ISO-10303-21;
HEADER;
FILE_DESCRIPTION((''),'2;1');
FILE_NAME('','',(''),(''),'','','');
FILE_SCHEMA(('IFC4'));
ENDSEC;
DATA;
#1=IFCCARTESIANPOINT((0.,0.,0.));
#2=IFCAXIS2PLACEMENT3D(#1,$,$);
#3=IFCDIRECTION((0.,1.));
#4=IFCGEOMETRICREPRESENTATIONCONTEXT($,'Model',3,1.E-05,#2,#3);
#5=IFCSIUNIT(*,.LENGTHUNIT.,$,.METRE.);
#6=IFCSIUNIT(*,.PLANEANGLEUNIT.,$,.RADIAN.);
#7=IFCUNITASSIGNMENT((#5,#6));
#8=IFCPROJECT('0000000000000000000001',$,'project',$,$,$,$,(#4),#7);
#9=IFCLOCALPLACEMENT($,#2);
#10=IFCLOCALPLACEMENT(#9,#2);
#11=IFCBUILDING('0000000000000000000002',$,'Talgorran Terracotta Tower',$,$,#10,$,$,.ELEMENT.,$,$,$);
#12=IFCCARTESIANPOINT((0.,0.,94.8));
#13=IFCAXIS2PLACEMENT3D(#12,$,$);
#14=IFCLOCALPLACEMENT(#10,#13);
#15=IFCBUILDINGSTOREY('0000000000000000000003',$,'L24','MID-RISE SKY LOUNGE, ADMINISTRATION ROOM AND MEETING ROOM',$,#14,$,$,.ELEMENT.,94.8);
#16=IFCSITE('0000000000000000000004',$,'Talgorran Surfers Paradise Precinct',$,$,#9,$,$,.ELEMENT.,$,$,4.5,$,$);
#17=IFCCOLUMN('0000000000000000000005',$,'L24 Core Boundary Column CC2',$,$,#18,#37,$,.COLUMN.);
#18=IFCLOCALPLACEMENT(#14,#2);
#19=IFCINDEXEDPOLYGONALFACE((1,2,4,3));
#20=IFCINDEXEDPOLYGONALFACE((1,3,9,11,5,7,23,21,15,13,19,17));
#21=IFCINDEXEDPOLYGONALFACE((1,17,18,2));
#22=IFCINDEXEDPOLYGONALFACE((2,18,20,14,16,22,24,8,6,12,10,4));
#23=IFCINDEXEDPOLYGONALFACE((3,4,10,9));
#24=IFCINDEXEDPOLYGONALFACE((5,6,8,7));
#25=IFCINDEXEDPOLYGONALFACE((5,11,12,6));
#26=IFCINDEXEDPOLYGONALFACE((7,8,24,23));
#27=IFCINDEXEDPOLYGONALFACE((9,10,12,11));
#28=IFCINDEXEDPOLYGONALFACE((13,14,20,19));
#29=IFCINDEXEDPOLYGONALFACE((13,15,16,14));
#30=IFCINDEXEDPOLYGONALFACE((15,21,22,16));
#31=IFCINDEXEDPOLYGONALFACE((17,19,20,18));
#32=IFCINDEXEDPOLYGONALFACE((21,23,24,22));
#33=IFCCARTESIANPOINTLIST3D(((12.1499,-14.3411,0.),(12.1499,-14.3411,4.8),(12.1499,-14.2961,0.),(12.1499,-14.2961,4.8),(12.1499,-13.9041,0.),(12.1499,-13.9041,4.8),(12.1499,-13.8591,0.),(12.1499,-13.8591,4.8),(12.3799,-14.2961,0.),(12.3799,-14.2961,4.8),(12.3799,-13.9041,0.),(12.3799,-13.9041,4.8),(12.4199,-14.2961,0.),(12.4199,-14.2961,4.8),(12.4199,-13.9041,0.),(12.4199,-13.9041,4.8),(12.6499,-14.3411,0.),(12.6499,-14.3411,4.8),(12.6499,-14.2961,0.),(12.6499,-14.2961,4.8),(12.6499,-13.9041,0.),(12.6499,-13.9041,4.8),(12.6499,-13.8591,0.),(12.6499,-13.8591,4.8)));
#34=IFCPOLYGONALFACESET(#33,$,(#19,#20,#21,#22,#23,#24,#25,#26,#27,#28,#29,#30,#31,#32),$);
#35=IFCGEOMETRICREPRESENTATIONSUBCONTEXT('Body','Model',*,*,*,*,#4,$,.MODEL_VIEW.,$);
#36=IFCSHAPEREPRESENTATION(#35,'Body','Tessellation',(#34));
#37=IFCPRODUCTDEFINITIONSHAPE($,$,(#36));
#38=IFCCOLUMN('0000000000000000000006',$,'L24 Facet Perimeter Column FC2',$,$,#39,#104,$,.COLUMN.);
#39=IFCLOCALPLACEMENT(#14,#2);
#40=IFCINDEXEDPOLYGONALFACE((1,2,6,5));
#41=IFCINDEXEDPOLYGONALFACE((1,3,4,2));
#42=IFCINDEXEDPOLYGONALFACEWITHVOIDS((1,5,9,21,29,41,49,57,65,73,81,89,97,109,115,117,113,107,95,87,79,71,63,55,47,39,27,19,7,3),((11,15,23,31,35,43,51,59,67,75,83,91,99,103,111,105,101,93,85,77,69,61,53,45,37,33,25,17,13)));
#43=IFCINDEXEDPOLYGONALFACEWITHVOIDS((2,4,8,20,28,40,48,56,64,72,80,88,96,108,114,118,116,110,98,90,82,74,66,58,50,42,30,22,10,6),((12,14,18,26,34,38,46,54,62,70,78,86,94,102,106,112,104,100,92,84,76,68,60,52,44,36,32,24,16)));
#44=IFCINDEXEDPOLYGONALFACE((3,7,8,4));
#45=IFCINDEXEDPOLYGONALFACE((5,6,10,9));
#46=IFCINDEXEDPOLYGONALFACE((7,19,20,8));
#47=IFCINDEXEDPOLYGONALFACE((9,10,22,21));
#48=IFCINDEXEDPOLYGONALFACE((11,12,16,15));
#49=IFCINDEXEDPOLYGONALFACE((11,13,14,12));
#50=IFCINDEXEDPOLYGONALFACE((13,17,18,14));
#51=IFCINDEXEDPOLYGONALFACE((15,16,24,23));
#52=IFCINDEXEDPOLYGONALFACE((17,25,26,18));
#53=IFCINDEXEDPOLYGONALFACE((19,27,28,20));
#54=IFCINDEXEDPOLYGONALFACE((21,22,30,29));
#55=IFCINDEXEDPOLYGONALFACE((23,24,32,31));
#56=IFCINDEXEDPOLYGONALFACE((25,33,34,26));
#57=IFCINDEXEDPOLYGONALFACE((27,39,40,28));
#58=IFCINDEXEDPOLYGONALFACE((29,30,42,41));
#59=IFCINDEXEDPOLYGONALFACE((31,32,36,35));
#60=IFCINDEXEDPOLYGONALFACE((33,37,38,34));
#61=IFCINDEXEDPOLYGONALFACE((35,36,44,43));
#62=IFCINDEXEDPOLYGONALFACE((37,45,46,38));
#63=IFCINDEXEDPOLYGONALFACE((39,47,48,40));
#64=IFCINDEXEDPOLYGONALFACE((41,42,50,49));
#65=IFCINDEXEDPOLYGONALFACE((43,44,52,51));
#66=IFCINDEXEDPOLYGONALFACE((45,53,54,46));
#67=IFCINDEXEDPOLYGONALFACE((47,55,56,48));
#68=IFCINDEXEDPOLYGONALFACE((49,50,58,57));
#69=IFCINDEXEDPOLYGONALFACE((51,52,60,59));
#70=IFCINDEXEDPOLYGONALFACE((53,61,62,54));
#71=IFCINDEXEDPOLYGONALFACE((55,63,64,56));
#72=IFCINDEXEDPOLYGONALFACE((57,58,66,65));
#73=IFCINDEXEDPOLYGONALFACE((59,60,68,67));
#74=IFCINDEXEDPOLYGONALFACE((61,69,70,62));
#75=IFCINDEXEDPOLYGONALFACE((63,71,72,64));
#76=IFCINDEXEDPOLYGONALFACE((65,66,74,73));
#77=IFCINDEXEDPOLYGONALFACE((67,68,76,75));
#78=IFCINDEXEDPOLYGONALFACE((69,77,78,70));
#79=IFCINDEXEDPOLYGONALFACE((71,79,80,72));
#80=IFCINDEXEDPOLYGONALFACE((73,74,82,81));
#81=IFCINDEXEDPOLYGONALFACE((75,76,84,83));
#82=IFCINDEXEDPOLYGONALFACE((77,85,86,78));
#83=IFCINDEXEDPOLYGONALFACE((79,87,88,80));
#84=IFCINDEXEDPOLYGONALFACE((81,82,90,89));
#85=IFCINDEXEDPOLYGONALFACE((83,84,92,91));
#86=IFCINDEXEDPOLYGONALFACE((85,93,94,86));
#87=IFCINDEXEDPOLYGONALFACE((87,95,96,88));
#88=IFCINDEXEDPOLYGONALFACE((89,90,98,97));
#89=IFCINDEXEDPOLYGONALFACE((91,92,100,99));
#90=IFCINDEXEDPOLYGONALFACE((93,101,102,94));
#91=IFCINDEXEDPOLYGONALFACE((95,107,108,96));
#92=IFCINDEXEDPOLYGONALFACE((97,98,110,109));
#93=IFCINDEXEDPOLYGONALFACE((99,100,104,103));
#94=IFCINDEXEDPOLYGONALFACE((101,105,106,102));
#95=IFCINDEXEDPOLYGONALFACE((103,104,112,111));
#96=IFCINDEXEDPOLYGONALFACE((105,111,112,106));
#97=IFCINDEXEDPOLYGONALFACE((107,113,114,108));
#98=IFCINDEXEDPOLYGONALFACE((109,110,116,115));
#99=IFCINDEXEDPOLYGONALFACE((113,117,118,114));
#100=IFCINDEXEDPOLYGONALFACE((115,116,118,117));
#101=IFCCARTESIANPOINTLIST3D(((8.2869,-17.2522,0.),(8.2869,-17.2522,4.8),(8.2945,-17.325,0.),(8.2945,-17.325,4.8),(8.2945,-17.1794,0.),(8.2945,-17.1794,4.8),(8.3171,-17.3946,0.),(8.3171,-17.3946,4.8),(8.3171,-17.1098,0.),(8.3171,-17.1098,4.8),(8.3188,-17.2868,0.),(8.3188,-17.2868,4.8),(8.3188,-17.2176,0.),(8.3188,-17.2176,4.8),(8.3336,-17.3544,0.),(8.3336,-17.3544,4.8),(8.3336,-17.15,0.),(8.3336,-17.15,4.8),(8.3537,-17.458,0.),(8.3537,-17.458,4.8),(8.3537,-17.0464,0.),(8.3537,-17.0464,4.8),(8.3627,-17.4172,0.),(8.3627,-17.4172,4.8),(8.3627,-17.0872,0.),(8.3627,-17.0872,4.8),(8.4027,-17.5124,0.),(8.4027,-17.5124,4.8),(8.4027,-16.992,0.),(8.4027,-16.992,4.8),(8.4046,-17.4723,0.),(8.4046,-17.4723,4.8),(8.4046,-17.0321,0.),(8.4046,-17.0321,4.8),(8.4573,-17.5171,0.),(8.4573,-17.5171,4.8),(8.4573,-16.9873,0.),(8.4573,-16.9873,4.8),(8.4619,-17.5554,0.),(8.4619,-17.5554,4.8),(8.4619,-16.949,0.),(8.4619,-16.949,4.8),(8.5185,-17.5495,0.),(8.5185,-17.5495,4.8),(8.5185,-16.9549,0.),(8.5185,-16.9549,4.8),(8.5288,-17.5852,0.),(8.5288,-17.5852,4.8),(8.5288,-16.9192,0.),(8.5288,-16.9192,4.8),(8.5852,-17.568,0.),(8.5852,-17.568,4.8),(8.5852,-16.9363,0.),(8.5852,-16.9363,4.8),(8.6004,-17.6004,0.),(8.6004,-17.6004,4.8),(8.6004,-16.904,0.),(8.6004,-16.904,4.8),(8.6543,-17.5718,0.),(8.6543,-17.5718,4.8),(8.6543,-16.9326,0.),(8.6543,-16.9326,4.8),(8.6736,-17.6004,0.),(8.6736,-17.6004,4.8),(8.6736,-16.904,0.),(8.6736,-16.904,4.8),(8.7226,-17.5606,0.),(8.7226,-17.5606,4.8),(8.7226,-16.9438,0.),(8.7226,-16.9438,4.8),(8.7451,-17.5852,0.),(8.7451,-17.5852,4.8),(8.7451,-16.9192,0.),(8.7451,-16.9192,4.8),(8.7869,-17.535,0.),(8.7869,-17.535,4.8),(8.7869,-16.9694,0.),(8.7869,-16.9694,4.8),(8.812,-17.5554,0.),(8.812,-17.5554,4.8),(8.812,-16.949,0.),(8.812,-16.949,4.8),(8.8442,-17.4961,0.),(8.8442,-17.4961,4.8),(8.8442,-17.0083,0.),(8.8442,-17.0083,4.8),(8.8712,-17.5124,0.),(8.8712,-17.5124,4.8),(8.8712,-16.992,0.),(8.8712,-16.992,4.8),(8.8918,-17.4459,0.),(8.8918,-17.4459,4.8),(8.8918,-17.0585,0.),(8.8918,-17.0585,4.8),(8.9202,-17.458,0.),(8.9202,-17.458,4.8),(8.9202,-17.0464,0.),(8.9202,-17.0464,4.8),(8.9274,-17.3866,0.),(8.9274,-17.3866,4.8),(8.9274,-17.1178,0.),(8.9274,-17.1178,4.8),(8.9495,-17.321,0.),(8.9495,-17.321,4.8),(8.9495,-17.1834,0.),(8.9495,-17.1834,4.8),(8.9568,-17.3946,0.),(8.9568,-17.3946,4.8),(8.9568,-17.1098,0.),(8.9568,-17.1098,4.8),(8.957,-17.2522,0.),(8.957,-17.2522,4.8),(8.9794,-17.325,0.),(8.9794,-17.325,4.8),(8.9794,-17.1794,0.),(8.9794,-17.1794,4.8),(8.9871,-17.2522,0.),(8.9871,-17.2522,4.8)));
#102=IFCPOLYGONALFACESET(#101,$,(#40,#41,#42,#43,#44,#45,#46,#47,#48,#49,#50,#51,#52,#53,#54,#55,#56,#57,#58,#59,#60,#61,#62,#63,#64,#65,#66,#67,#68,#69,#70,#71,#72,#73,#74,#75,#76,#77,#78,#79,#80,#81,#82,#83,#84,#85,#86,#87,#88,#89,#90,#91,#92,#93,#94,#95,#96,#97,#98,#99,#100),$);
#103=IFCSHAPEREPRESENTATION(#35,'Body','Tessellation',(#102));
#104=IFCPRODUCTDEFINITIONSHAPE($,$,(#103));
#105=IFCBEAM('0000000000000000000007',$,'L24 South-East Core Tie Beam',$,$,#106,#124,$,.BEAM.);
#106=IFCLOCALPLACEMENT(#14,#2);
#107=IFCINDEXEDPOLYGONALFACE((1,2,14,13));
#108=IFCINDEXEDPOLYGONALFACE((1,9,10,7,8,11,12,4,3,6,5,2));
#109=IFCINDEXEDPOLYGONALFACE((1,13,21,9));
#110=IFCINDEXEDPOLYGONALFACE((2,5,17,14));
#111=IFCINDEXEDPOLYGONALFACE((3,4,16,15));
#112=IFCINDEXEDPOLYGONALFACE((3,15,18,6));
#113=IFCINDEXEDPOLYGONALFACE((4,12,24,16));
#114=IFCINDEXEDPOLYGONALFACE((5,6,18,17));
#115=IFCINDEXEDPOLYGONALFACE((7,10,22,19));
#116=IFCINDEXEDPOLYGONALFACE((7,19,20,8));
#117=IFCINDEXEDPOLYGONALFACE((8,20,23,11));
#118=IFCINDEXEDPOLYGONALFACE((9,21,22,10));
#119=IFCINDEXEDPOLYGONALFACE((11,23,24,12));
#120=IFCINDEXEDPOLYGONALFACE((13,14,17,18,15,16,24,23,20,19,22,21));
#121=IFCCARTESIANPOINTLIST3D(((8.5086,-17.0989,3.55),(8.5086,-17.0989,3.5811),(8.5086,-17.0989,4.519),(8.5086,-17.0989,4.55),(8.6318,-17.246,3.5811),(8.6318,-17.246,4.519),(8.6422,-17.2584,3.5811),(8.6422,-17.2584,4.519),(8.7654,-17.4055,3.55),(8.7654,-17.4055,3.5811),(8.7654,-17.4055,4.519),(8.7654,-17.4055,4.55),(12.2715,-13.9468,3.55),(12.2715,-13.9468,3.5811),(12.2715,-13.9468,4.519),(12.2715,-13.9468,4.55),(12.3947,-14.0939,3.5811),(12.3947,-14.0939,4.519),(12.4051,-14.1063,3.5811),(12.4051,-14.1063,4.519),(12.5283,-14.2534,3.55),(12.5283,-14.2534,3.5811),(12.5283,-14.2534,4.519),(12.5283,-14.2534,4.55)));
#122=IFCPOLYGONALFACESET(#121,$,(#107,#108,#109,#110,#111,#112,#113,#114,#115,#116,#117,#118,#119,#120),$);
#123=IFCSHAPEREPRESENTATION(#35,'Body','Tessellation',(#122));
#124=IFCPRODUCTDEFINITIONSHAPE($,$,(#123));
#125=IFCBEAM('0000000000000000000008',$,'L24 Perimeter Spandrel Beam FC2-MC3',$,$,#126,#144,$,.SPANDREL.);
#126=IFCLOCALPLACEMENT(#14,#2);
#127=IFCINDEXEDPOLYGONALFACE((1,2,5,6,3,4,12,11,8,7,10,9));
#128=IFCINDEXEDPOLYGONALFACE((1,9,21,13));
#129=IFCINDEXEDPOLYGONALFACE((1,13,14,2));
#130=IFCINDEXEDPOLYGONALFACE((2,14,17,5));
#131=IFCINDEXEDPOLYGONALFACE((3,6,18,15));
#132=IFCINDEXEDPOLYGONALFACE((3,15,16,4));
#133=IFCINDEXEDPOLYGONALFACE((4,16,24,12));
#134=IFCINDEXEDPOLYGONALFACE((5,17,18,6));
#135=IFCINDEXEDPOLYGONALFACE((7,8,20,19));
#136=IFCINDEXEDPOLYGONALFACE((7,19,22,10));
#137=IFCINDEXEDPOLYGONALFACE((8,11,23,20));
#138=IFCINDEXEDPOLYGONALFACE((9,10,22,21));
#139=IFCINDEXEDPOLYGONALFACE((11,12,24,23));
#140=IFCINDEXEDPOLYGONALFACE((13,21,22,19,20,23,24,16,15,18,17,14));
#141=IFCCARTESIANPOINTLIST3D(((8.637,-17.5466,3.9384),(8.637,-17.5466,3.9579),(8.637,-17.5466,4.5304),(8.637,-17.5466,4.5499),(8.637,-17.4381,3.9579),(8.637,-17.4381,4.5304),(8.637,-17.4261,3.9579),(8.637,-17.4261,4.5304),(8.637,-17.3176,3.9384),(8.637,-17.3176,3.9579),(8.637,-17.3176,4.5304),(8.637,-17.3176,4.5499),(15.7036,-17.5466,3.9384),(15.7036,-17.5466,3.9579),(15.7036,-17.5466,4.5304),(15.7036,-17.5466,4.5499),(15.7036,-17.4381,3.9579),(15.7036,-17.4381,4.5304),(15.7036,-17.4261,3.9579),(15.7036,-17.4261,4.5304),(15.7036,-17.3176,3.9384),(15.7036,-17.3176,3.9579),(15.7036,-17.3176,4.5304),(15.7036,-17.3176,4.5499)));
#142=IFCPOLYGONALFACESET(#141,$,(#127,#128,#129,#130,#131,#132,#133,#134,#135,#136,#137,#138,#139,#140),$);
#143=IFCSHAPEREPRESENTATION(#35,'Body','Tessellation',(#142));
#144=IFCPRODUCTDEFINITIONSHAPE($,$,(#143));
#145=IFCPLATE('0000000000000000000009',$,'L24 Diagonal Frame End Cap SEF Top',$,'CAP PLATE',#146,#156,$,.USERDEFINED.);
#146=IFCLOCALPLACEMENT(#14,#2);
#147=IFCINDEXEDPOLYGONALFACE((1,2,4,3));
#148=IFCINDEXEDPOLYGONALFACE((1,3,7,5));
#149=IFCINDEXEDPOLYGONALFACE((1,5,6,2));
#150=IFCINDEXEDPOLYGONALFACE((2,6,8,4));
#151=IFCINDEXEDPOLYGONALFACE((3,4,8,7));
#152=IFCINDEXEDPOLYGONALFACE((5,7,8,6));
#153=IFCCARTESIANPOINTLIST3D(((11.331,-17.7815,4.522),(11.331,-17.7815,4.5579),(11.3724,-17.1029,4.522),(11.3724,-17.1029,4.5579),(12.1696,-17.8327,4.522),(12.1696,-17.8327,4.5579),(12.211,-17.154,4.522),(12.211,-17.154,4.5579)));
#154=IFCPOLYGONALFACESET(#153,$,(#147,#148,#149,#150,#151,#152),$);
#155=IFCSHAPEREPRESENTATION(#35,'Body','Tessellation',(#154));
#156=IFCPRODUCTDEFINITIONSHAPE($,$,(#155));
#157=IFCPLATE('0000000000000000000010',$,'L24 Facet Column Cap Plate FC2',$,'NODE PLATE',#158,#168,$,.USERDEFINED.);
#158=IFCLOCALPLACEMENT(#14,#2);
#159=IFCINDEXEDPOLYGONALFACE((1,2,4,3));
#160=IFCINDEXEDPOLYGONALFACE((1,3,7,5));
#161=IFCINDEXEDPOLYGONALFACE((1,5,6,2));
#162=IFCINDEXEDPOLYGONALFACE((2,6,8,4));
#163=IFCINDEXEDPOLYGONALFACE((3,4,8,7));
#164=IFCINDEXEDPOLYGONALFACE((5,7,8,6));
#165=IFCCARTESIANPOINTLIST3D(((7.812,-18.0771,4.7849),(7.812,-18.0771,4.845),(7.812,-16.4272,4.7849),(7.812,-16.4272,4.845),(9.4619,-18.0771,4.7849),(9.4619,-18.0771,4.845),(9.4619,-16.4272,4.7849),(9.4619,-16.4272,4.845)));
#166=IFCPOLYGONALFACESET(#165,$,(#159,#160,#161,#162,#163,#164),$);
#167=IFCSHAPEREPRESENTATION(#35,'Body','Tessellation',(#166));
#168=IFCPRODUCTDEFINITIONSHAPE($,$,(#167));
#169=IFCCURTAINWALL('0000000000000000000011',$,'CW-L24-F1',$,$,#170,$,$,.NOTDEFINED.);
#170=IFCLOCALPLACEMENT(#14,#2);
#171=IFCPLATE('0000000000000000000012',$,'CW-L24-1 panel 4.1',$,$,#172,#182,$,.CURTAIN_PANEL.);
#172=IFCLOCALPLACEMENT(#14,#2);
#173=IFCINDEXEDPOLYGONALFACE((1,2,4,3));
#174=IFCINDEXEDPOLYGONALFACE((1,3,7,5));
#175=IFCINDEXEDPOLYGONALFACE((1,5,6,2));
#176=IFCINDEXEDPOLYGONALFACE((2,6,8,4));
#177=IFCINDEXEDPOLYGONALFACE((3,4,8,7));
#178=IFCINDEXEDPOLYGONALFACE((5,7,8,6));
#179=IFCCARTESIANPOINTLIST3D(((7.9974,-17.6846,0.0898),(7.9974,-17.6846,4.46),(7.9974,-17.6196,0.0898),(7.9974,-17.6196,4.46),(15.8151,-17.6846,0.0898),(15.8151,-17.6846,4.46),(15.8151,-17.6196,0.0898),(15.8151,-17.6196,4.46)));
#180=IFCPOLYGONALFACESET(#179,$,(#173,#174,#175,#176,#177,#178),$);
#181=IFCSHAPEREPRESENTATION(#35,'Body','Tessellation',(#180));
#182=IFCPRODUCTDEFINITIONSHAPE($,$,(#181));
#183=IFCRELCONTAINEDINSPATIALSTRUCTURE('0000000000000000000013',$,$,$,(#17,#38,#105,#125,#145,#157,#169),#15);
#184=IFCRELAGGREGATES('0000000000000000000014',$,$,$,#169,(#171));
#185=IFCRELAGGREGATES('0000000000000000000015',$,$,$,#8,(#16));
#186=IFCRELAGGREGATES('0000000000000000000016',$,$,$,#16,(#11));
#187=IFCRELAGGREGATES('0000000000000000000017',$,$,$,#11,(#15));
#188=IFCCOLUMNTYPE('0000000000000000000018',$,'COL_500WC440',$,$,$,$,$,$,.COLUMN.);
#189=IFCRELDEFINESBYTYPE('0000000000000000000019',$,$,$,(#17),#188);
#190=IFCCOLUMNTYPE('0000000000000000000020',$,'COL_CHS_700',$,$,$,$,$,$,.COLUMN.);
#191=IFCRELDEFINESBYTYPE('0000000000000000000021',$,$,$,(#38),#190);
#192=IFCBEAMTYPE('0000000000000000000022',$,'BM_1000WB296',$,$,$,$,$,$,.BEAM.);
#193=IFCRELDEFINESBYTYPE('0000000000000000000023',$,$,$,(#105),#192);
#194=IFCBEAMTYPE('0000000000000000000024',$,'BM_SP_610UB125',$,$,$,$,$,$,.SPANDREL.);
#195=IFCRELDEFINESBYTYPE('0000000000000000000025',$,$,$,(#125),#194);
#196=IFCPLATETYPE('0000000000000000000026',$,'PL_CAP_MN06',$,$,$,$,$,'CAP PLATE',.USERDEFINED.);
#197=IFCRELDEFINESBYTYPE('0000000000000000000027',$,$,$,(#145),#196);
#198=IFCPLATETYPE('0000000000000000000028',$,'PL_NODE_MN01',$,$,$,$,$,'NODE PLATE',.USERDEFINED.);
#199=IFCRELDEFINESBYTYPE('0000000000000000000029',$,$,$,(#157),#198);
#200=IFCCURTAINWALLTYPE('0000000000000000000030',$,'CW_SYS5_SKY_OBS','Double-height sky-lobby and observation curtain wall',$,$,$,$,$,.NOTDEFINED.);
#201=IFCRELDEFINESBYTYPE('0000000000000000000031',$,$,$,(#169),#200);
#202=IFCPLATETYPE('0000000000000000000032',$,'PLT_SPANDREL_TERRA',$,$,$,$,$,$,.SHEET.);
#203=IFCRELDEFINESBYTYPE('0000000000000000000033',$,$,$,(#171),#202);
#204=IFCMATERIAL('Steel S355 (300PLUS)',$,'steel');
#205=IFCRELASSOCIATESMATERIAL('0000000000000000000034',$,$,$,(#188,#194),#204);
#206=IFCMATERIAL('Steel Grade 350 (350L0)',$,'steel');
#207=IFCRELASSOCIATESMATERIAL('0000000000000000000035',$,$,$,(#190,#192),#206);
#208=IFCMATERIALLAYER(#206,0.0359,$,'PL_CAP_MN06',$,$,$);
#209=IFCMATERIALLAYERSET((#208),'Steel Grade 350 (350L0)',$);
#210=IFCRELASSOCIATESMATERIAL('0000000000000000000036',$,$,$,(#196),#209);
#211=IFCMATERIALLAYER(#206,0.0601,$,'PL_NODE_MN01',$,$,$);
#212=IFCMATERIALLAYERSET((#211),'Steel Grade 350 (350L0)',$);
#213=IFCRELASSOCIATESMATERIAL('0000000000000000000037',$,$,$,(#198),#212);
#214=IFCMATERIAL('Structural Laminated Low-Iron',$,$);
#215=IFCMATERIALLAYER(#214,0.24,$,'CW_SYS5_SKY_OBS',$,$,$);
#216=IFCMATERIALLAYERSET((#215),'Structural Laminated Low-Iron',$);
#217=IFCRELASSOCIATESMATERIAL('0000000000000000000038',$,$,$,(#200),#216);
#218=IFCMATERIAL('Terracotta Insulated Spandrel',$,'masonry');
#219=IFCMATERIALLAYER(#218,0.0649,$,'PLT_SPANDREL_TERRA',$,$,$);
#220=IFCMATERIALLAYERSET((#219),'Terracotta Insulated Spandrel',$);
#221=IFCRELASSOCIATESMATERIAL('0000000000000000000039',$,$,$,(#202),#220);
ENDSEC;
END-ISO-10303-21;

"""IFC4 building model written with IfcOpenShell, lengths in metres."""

from ifc_helpers import new_model, si_unit, direction, frame, origin, origin_2d, place, context, subcontext, project, spatial, rectangle, hollow_circle, i_section, extrude, source, transform, mapped, material, layer, layer_set, material_profile, profile_set, type_object, type_shapes, element, aggregate, save


model = new_model("IFC4")

# Units and contexts
model_context = context("Model", 3, precision=1e-05, world=origin(), true_north=direction((0.0, 1.0)))
body_context = subcontext(model_context, "Body", "Model", "MODEL_VIEW")
ifc_project = project(units=[si_unit("LENGTHUNIT", "METRE"), si_unit("PLANEANGLEUNIT", "RADIAN")], contexts=[model_context])

# Site, building, storey
site_placement = place(None, origin())
site = spatial("IfcSite", under=ifc_project, at=site_placement, Name="Talgorran Surfers Paradise Precinct", CompositionType="ELEMENT", RefElevation=4.5)
building_placement = place(site_placement, origin())
building = spatial("IfcBuilding", under=site, at=building_placement, Name="Talgorran Terracotta Tower", CompositionType="ELEMENT")
storey_placement = place(building_placement, frame((0.0, 0.0, 94.8)))
storey = spatial("IfcBuildingStorey", under=building, at=storey_placement, Name="L24", Description="MID-RISE SKY LOUNGE, ADMINISTRATION ROOM AND MEETING ROOM", CompositionType="ELEMENT", Elevation=94.8)

# Columns
ifc_material_1 = material(Name="Steel S355 (300PLUS)", Category="steel")
ifc_material_profile_1 = material_profile(ifc_material_1, i_section(OverallWidth=0.5, OverallDepth=0.4819, WebThickness=0.04, FlangeThickness=0.0449, at=origin_2d()), Name="500WC440")
ifc_profile_set_1 = profile_set([ifc_material_profile_1], Name="Steel S355 (300PLUS)")
column_type_1 = type_object("IfcColumnType", Name="COL_500WC440", PredefinedType="COLUMN", material=ifc_profile_set_1)
column_1_placement = place(storey_placement, frame((12.3999, -14.1001, 0.0), z_axis=(0.0, 0.0, 1.0), x_axis=(1.0, 0.0, 0.0)))
element("IfcColumn", 1, at=column_1_placement, inside=storey, type_object=column_type_1, Name="L24 Core Boundary Column CC2", PredefinedType="COLUMN", context=body_context, shape_type="SweptSolid", body=[
    extrude(i_section(OverallWidth=0.5, OverallDepth=0.4819, WebThickness=0.04, FlangeThickness=0.0449, at=origin_2d()), origin(), (0.0, 0.0, 1.0), 4.8),
])
ifc_material_2 = material(Name="Steel Grade 350 (350L0)", Category="steel")
ifc_material_profile_2 = material_profile(ifc_material_2, hollow_circle(Radius=0.3501, WallThickness=0.03, at=origin_2d()), Name="CHS700X30")
ifc_profile_set_2 = profile_set([ifc_material_profile_2], Name="Steel Grade 350 (350L0)")
column_type_2 = type_object("IfcColumnType", Name="COL_CHS_700", PredefinedType="COLUMN", material=ifc_profile_set_2)
column_2_placement = place(storey_placement, frame((8.637, -17.2522, 0.0), z_axis=(0.0, 0.0, 1.0), x_axis=(1.0, 0.0, 0.0)))
element("IfcColumn", 2, at=column_2_placement, inside=storey, type_object=column_type_2, Name="L24 Facet Perimeter Column FC2", PredefinedType="COLUMN", context=body_context, shape_type="SweptSolid", body=[
    extrude(hollow_circle(Radius=0.3501, WallThickness=0.03, at=origin_2d()), origin(), (0.0, 0.0, 1.0), 4.8),
])

# Beams
ifc_material_profile_3 = material_profile(ifc_material_2, i_section(OverallWidth=0.3999, OverallDepth=1.0, WebThickness=0.0161, FlangeThickness=0.031, at=origin_2d()), Name="1000WB296")
ifc_profile_set_3 = profile_set([ifc_material_profile_3], Name="Steel Grade 350 (350L0)")
beam_type_1 = type_object("IfcBeamType", Name="BM_1000WB296", PredefinedType="BEAM", material=ifc_profile_set_3)
beam_1_placement = place(storey_placement, frame((12.3999, -14.1001, 4.05), z_axis=(-0.766584, -0.642144, 0.0), x_axis=(0.642144, -0.766584, 0.0)))
element("IfcBeam", 3, at=beam_1_placement, inside=storey, type_object=beam_type_1, Name="L24 South-East Core Tie Beam", PredefinedType="BEAM", context=body_context, shape_type="SweptSolid", body=[
    extrude(i_section(OverallWidth=0.3999, OverallDepth=1.0, WebThickness=0.0161, FlangeThickness=0.031, at=origin_2d()), origin(), (0.0, 0.0, 1.0), 4.9087),
])
ifc_material_profile_4 = material_profile(ifc_material_1, i_section(OverallWidth=0.229, OverallDepth=0.6116, WebThickness=0.012, FlangeThickness=0.0195, at=origin_2d()), Name="610UB125")
ifc_profile_set_4 = profile_set([ifc_material_profile_4], Name="Steel S355 (300PLUS)")
beam_type_2 = type_object("IfcBeamType", Name="BM_SP_610UB125", PredefinedType="SPANDREL", material=ifc_profile_set_4)
beam_2_placement = place(storey_placement, frame((8.637, -17.4321, 4.2441), z_axis=(1.0, 0.0, 0.0), x_axis=(0.0, 1.0, 0.0)))
element("IfcBeam", 4, at=beam_2_placement, inside=storey, type_object=beam_type_2, Name="L24 Perimeter Spandrel Beam FC2-MC3", PredefinedType="SPANDREL", context=body_context, shape_type="SweptSolid", body=[
    extrude(i_section(OverallWidth=0.229, OverallDepth=0.6116, WebThickness=0.012, FlangeThickness=0.0195, at=origin_2d()), origin(), (0.0, 0.0, 1.0), 7.0667),
])

# Plates
ifc_layer_1 = layer(ifc_material_2, 0.0359, Name="PL_CAP_MN06")
ifc_layer_set_1 = layer_set([ifc_layer_1], Name="Steel Grade 350 (350L0)")
plate_type_1 = type_object("IfcPlateType", Name="PL_CAP_MN06", ElementType="CAP PLATE", PredefinedType="USERDEFINED", material=ifc_layer_set_1)
plate_1_placement = place(storey_placement, frame((11.771, -17.4678, 4.522), z_axis=(0.0, 0.0, 1.0), x_axis=(-0.998145, 0.060874, 0.0)))
element("IfcPlate", 5, at=plate_1_placement, inside=storey, type_object=plate_type_1, Name="L24 Diagonal Frame End Cap SEF Top", ObjectType="CAP PLATE", PredefinedType="USERDEFINED", context=body_context, shape_type="SweptSolid", body=[
    extrude(rectangle(XDim=0.8401, YDim=0.6799, at=origin_2d()), origin(), (0.0, 0.0, 1.0), 0.0359),
])
ifc_layer_2 = layer(ifc_material_2, 0.0601, Name="PL_NODE_MN01")
ifc_layer_set_2 = layer_set([ifc_layer_2], Name="Steel Grade 350 (350L0)")
plate_type_2 = type_object("IfcPlateType", Name="PL_NODE_MN01", ElementType="NODE PLATE", PredefinedType="USERDEFINED", material=ifc_layer_set_2)
plate_2_placement = place(storey_placement, frame((8.637, -17.2522, 4.7849), z_axis=(0.0, 0.0, 1.0), x_axis=(1.0, 0.0, 0.0)))
element("IfcPlate", 6, at=plate_2_placement, inside=storey, type_object=plate_type_2, Name="L24 Facet Column Cap Plate FC2", ObjectType="NODE PLATE", PredefinedType="USERDEFINED", context=body_context, shape_type="SweptSolid", body=[
    extrude(rectangle(XDim=1.6499, YDim=1.6499, at=origin_2d()), origin(), (0.0, 0.0, 1.0), 0.0601),
])

# Curtain wall, plate
ifc_material_3 = material(Name="Structural Laminated Low-Iron")
ifc_layer_3 = layer(ifc_material_3, 0.24, Name="CW_SYS5_SKY_OBS")
ifc_layer_set_3 = layer_set([ifc_layer_3], Name="Structural Laminated Low-Iron")
curtain_wall_type = type_object("IfcCurtainWallType", Name="CW_SYS5_SKY_OBS", Description="Double-height sky-lobby and observation curtain wall", PredefinedType="NOTDEFINED", material=ifc_layer_set_3)
curtain_wall_placement = place(storey_placement, origin())
curtain_wall = element("IfcCurtainWall", 7, at=curtain_wall_placement, inside=storey, type_object=curtain_wall_type, Name="CW-L24-F1", PredefinedType="NOTDEFINED")
ifc_material_4 = material(Name="Terracotta Insulated Spandrel", Category="masonry")
ifc_layer_4 = layer(ifc_material_4, 0.0649, Name="PLT_SPANDREL_TERRA")
ifc_layer_set_4 = layer_set([ifc_layer_4], Name="Terracotta Insulated Spandrel")
plate_type_3 = type_object("IfcPlateType", Name="PLT_SPANDREL_TERRA", PredefinedType="SHEET", material=ifc_layer_set_4)
shared_shape = source(origin(), body_context, "Body", "SweptSolid", [
    extrude(rectangle(XDim=7.8176, YDim=0.0649, at=origin_2d()), origin(), (0.0, 0.0, 1.0), 4.3701),
])
type_shapes(plate_type_3, [shared_shape])
plate_3_placement = place(storey_placement, frame((11.9062, -17.6521, 0.0898), z_axis=(0.0, 0.0, 1.0), x_axis=(1.0, 0.0, 0.0)))
plate_3 = element("IfcPlate", 8, at=plate_3_placement, type_object=plate_type_3, Name="CW-L24-1 panel 4.1", PredefinedType="CURTAIN_PANEL", context=body_context, shape_type="MappedRepresentation", body=[
    mapped(shared_shape, transform((0.0, 0.0, 0.0), scale=1.0)),
])
aggregate(curtain_wall, [plate_3])

save(model, "model.ifc")
